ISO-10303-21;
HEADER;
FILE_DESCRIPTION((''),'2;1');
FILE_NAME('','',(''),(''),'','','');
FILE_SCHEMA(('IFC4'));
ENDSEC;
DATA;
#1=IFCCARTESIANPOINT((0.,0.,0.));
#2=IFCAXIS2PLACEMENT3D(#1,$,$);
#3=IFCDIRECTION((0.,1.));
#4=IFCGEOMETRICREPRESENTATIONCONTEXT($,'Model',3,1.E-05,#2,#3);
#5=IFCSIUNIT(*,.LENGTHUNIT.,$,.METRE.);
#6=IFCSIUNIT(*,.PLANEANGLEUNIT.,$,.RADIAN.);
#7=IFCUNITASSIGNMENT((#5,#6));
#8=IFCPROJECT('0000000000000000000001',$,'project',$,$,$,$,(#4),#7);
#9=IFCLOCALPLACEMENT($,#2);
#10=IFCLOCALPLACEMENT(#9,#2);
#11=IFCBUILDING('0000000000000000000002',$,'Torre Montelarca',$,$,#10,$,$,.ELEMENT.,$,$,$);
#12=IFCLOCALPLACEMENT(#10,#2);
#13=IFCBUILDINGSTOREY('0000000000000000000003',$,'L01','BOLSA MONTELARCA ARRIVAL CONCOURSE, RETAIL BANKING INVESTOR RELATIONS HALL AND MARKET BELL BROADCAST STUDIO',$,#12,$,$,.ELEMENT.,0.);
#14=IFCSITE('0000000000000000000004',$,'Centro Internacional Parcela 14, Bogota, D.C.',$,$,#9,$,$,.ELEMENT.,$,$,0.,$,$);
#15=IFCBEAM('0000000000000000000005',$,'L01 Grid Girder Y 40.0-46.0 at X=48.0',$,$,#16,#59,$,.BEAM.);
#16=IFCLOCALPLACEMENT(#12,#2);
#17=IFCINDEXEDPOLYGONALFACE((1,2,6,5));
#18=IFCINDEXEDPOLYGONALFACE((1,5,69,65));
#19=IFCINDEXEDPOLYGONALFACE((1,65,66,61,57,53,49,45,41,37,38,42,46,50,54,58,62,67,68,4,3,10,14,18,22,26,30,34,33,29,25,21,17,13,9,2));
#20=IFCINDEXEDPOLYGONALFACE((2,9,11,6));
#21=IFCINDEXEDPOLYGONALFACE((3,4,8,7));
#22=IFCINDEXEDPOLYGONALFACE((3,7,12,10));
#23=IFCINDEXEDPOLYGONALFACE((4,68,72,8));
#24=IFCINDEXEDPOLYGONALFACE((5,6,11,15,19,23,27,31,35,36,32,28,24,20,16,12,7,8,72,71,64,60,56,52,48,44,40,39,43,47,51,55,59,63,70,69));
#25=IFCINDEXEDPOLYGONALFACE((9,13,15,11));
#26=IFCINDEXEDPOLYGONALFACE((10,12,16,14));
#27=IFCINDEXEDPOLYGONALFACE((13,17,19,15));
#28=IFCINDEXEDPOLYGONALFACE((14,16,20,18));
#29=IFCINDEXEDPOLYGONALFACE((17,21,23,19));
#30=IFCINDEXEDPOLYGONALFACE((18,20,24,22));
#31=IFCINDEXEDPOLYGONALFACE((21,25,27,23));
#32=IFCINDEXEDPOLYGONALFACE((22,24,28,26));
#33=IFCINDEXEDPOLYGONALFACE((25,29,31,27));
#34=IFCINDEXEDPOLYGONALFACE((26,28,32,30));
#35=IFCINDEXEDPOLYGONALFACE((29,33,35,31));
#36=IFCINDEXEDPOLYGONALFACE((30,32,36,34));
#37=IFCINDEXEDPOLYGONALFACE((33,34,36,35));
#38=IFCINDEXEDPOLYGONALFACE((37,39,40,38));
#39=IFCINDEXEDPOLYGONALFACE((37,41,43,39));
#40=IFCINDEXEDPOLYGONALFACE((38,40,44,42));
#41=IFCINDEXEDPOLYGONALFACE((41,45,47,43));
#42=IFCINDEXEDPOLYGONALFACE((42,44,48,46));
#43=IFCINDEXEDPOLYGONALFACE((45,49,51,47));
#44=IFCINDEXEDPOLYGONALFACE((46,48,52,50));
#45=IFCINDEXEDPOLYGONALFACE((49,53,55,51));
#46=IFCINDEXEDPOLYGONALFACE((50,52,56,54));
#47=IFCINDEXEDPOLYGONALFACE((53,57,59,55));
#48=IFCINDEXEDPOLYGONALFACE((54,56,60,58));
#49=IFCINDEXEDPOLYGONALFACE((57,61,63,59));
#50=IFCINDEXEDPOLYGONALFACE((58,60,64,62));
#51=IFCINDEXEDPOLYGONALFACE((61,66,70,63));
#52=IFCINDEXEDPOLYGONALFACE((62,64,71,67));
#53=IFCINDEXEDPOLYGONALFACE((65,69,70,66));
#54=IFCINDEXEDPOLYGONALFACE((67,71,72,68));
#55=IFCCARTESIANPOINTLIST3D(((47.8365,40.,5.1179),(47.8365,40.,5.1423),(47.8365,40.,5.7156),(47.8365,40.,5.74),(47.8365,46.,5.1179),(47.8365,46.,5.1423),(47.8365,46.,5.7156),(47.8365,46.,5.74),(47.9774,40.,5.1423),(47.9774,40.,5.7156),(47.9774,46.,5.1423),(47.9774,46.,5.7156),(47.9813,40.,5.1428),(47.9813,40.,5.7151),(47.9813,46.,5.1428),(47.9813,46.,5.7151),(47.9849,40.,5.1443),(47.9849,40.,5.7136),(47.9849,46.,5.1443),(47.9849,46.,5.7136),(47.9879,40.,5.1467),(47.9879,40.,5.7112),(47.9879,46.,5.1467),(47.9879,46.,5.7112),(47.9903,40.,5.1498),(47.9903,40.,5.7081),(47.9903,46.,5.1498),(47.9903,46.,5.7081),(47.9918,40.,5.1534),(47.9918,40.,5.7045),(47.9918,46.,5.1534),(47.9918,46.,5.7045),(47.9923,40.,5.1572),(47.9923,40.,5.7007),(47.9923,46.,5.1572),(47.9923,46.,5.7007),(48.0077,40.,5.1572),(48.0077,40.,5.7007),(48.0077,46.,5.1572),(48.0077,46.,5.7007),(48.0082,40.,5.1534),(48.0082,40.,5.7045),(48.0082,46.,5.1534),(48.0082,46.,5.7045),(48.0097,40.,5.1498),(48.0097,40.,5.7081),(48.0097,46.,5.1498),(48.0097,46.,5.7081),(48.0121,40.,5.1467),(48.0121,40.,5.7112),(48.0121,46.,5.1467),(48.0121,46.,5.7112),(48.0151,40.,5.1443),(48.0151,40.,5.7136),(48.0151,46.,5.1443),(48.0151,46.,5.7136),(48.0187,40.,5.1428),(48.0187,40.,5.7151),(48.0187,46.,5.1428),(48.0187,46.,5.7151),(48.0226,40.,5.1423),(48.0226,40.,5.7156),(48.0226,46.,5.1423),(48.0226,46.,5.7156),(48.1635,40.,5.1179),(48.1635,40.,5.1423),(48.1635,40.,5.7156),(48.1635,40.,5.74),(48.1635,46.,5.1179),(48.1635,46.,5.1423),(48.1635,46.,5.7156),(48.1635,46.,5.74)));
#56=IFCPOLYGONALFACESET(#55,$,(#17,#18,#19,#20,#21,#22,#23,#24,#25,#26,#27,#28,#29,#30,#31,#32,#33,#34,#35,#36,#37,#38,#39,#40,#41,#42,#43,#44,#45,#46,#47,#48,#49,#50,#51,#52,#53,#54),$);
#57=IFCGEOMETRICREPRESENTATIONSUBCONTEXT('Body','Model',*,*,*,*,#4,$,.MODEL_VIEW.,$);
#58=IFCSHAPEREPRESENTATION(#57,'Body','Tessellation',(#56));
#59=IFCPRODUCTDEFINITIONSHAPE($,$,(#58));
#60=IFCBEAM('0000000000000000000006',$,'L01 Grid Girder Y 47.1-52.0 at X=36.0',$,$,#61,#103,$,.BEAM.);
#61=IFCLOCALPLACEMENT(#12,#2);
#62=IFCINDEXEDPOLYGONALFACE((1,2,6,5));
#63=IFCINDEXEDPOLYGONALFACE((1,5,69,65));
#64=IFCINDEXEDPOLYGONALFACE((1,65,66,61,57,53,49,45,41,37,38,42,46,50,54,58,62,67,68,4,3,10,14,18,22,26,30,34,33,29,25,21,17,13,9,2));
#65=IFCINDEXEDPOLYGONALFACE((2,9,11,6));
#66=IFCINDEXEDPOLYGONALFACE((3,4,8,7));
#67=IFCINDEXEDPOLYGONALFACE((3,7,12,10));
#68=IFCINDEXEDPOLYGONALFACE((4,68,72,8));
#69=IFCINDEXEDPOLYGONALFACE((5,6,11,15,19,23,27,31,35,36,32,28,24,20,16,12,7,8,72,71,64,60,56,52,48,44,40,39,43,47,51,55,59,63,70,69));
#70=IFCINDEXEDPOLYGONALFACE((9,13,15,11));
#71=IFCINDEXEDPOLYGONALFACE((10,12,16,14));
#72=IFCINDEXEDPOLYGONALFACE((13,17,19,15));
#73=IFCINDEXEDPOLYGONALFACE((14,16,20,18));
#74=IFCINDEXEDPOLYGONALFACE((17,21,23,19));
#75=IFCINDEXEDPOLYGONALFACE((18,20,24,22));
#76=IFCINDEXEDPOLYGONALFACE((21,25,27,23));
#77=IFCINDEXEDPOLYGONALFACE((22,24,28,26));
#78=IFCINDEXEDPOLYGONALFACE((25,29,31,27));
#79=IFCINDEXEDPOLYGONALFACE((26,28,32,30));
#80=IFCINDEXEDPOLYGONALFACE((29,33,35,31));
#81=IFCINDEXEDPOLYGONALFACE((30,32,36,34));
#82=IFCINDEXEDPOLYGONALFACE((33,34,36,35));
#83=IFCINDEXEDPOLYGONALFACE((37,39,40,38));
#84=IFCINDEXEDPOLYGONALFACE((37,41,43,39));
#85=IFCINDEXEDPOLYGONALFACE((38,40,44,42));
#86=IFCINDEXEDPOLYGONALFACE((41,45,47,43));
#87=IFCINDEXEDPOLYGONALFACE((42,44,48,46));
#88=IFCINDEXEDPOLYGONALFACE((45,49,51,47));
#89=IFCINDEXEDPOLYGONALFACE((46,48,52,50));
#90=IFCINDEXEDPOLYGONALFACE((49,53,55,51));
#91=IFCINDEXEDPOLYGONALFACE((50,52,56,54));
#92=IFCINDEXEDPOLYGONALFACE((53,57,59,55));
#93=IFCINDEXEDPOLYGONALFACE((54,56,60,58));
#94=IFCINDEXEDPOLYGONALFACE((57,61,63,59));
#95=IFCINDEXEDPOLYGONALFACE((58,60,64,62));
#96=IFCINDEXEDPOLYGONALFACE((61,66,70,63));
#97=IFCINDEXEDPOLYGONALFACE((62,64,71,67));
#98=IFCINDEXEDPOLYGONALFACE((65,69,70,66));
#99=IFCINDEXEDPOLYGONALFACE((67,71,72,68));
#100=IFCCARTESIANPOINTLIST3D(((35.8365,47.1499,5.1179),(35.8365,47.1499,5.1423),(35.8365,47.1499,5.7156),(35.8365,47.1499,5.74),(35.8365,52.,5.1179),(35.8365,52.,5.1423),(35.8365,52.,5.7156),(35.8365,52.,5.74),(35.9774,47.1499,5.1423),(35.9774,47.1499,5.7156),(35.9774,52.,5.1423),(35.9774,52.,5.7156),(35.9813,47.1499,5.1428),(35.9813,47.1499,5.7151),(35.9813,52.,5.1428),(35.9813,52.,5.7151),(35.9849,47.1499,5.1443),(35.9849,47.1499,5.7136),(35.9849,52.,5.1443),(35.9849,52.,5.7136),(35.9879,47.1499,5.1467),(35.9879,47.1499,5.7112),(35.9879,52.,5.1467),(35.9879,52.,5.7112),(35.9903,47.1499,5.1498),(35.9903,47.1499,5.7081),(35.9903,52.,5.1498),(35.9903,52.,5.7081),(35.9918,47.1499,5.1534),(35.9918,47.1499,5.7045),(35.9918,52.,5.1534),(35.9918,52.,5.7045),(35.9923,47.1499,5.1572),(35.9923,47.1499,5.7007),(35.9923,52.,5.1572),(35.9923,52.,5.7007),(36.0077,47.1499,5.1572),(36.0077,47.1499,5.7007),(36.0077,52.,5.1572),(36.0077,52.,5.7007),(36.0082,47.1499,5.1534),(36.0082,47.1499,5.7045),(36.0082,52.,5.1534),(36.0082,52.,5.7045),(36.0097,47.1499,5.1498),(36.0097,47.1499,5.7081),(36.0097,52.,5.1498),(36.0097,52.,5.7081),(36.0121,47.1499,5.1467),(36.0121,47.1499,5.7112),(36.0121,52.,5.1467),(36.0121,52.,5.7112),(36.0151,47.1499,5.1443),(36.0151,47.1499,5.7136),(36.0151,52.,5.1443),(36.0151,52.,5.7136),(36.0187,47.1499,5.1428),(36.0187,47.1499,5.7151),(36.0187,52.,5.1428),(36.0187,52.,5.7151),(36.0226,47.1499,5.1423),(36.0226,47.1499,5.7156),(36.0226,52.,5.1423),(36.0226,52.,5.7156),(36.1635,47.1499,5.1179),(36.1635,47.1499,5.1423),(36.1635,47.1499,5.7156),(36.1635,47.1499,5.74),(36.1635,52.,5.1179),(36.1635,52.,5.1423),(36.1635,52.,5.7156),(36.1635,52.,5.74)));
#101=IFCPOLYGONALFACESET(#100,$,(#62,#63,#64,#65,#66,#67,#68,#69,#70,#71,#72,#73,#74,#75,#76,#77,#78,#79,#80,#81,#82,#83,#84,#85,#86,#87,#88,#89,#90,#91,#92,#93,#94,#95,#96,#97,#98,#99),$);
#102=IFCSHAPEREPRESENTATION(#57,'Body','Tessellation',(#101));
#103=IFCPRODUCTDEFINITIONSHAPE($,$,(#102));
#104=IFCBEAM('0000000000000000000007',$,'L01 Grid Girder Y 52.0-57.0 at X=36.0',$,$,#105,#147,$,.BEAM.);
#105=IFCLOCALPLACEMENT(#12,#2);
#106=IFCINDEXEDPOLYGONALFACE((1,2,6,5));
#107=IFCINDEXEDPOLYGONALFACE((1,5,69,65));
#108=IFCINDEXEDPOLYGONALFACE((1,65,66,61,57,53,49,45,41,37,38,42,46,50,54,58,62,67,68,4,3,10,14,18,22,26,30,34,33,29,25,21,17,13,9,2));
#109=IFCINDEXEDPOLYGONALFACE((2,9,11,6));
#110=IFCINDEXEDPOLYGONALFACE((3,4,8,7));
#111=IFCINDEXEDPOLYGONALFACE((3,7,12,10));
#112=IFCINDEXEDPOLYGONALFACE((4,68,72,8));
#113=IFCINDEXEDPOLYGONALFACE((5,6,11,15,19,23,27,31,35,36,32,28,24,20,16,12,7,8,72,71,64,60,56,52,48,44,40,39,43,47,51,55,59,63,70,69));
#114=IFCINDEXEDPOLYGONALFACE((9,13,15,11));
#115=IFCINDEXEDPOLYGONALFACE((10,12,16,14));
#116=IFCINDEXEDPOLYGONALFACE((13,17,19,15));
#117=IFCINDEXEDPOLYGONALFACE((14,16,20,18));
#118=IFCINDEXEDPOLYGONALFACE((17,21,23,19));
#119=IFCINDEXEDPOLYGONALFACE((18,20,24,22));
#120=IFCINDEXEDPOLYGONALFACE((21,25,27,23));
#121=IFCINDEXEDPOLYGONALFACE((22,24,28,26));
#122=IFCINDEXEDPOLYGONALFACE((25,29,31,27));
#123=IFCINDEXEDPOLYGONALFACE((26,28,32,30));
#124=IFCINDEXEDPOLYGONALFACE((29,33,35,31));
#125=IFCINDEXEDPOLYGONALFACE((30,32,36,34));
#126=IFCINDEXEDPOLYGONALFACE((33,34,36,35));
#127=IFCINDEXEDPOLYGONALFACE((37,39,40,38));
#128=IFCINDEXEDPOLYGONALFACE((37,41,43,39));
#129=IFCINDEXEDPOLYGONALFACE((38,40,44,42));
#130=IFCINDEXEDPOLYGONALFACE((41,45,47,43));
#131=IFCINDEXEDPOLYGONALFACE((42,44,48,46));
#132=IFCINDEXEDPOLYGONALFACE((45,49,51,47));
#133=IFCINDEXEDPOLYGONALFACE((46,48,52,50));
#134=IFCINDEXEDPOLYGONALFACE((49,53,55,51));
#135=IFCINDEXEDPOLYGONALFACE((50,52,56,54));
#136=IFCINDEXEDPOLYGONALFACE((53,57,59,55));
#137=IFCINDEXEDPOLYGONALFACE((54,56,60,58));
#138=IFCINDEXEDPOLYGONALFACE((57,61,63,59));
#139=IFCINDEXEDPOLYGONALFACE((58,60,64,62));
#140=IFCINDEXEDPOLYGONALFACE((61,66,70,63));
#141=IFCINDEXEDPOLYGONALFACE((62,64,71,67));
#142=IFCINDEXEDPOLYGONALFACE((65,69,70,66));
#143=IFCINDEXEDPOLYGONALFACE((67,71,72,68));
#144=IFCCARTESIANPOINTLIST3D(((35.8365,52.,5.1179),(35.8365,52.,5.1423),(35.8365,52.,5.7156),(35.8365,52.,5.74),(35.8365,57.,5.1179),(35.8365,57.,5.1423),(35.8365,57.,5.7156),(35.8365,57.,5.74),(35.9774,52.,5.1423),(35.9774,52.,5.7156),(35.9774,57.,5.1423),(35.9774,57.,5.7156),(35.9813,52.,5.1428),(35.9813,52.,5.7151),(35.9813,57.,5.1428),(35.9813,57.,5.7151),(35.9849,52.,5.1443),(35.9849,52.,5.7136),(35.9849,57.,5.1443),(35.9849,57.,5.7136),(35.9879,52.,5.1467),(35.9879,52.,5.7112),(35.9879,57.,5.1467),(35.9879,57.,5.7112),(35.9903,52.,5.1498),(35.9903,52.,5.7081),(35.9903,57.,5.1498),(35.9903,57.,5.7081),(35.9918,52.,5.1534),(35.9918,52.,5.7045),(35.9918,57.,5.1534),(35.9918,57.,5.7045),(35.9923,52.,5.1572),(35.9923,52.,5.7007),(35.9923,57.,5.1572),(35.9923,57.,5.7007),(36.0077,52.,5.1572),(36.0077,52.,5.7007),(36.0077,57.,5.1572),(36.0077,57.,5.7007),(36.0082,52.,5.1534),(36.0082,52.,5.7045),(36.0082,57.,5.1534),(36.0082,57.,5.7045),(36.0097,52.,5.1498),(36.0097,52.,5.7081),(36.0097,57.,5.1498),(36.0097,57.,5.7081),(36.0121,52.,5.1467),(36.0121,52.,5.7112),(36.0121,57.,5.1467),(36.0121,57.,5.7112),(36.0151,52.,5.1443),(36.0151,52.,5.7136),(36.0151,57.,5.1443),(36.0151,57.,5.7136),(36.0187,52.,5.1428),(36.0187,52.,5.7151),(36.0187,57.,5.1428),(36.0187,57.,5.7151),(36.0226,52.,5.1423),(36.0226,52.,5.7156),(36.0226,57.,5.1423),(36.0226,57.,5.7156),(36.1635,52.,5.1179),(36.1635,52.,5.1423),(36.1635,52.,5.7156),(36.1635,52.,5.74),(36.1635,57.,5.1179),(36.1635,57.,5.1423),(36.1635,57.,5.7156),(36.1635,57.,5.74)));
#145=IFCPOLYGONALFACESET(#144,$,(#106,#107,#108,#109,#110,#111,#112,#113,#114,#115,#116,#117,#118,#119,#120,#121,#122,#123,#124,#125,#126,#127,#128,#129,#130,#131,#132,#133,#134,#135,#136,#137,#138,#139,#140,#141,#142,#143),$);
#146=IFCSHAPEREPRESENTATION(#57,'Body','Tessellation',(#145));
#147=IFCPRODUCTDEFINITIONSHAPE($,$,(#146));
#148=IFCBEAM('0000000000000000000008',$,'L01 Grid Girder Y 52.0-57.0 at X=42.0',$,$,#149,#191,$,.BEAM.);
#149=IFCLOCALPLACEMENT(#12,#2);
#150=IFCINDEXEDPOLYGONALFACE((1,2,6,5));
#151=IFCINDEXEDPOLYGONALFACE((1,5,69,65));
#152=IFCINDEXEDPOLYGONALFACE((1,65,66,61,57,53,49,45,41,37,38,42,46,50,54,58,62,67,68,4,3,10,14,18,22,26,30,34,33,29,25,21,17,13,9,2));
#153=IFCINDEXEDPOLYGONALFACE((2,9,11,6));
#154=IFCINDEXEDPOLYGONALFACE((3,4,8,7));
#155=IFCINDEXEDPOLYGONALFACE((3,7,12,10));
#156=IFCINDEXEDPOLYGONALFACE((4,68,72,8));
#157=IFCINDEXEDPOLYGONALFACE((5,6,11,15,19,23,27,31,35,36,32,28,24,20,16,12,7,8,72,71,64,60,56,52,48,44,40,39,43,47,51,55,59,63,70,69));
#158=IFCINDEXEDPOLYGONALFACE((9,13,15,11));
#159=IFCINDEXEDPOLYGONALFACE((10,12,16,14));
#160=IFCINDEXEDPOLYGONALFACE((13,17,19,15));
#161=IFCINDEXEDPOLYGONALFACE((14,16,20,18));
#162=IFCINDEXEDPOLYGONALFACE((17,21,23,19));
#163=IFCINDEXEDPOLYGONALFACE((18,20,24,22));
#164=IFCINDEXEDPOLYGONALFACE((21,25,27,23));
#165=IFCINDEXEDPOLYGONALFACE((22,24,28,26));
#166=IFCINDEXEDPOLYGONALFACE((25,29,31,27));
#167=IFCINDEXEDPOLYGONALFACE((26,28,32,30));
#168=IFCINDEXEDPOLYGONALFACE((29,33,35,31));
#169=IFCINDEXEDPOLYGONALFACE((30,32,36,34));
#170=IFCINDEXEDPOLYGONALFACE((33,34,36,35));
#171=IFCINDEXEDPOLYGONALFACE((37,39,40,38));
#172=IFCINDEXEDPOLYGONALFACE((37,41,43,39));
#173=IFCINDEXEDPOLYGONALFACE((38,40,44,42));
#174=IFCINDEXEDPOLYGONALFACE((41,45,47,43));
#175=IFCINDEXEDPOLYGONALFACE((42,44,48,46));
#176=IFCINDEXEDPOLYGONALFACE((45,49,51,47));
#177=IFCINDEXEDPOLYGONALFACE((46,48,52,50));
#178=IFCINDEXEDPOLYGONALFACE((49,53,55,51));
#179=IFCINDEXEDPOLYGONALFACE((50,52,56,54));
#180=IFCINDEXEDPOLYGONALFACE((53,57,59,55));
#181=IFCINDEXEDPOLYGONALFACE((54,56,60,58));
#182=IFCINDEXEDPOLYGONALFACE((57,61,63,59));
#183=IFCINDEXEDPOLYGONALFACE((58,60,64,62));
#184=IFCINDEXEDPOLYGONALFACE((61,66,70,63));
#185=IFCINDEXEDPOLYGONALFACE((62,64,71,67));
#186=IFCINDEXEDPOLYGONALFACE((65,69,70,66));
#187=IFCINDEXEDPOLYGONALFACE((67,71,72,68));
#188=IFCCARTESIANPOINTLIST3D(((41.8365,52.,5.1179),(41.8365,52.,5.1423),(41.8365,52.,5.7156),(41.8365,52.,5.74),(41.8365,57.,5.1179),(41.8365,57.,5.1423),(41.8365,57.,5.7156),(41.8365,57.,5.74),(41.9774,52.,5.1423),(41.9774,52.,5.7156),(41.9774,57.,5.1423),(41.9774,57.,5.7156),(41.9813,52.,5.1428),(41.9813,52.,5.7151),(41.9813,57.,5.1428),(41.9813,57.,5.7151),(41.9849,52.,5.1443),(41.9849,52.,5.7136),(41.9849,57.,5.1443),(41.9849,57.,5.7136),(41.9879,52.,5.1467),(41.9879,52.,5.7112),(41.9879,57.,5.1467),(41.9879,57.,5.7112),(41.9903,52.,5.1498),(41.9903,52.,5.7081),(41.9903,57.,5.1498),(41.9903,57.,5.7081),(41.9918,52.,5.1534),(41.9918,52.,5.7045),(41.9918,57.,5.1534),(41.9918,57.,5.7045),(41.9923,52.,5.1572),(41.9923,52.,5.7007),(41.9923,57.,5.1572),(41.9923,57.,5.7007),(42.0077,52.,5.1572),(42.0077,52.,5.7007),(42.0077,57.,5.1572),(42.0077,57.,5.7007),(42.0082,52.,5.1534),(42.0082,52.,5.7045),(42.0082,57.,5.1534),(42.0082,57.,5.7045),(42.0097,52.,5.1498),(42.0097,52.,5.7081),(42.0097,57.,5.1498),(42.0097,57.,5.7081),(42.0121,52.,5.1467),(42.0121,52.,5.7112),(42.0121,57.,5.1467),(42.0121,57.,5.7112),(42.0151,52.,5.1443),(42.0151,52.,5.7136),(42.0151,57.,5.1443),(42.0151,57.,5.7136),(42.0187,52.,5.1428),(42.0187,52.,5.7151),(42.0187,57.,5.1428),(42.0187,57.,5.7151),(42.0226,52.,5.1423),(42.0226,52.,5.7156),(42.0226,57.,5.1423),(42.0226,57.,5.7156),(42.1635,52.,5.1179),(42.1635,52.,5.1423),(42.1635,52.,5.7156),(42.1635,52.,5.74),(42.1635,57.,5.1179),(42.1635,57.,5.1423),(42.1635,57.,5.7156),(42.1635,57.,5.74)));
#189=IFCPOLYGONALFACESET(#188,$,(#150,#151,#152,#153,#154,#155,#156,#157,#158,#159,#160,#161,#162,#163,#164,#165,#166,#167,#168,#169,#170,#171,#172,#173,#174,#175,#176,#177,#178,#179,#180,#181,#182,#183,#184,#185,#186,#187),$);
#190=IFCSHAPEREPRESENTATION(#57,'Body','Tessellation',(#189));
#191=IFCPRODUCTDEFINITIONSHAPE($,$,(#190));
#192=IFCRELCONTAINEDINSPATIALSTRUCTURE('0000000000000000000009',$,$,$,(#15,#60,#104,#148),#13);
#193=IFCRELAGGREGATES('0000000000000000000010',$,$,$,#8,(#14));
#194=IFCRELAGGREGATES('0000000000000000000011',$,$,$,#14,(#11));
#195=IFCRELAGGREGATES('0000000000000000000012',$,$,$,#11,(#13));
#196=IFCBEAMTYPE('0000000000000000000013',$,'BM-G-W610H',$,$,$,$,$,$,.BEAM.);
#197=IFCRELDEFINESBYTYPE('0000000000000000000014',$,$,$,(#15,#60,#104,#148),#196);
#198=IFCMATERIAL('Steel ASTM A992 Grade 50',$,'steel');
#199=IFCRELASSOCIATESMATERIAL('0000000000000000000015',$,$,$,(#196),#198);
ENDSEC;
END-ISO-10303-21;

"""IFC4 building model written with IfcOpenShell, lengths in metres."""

from ifc_helpers import new_model, si_unit, direction, frame, origin, origin_2d, place, context, subcontext, project, spatial, i_section, extrude, source, transform, mapped, material, material_profile, profile_set, type_object, element, save


model = new_model("IFC4")

# Units and contexts
model_context = context("Model", 3, precision=1e-05, world=origin(), true_north=direction((0.0, 1.0)))
body_context = subcontext(model_context, "Body", "Model", "MODEL_VIEW")
ifc_project = project(units=[si_unit("LENGTHUNIT", "METRE"), si_unit("PLANEANGLEUNIT", "RADIAN")], contexts=[model_context])

# Site, building, storey
site_placement = place(None, origin())
site = spatial("IfcSite", under=ifc_project, at=site_placement, Name="Centro Internacional Parcela 14, Bogota, D.C.", CompositionType="ELEMENT", RefElevation=0.0)
building_placement = place(site_placement, origin())
building = spatial("IfcBuilding", under=site, at=building_placement, Name="Torre Montelarca", CompositionType="ELEMENT")
storey_placement = place(building_placement, origin())
storey = spatial("IfcBuildingStorey", under=building, at=storey_placement, Name="L01", Description="BOLSA MONTELARCA ARRIVAL CONCOURSE, RETAIL BANKING INVESTOR RELATIONS HALL AND MARKET BELL BROADCAST STUDIO", CompositionType="ELEMENT", Elevation=0.0)

# Beams
ifc_material_1 = material(Name="Steel ASTM A992 Grade 50", Category="steel")
ifc_material_profile_1 = material_profile(ifc_material_1, i_section(OverallWidth=0.3269, OverallDepth=0.6221, WebThickness=0.0154, FlangeThickness=0.0244, FilletRadius=0.0149, at=origin_2d()), Name="W610X195", Category="steel")
ifc_profile_set_1 = profile_set([ifc_material_profile_1], Name="Steel ASTM A992 Grade 50")
beam_type_1 = type_object("IfcBeamType", Name="BM-G-W610H", PredefinedType="BEAM", material=ifc_profile_set_1)
shared_shape_1 = source(origin(), body_context, "Body", "SweptSolid", [
    extrude(i_section(OverallWidth=0.3269, OverallDepth=0.6221, WebThickness=0.0154, FlangeThickness=0.0244, FilletRadius=0.0149, at=origin_2d()), origin(), (0.0, 0.0, 1.0), 6.0),
])
for number, where, z_axis, x_axis, name in (
    (1, (48.0, 40.0, 5.429), (0.0, 1.0, 0.0), (-1.0, 0.0, 0.0), "L01 Grid Girder Y 40.0-46.0 at X=48.0"),
):
    element("IfcBeam", number, at=place(storey_placement, frame(where, z_axis=z_axis, x_axis=x_axis)), inside=storey, type_object=beam_type_1, Name=name, PredefinedType="BEAM", context=body_context, shape_type="MappedRepresentation", body=[
        mapped(shared_shape_1, transform((0.0, 0.0, 0.0), scale=1.0)),
    ])
shared_shape_2 = source(origin(), body_context, "Body", "SweptSolid", [
    extrude(i_section(OverallWidth=0.3269, OverallDepth=0.6221, WebThickness=0.0154, FlangeThickness=0.0244, FilletRadius=0.0149, at=origin_2d()), origin(), (0.0, 0.0, 1.0), 4.8501),
])
beam_placement = place(storey_placement, frame((36.0, 47.1499, 5.429), z_axis=(0.0, 1.0, 0.0), x_axis=(-1.0, 0.0, 0.0)))
element("IfcBeam", 2, at=beam_placement, inside=storey, type_object=beam_type_1, Name="L01 Grid Girder Y 47.1-52.0 at X=36.0", PredefinedType="BEAM", context=body_context, shape_type="MappedRepresentation", body=[
    mapped(shared_shape_2, transform((0.0, 0.0, 0.0), scale=1.0)),
])
shared_shape_3 = source(origin(), body_context, "Body", "SweptSolid", [
    extrude(i_section(OverallWidth=0.3269, OverallDepth=0.6221, WebThickness=0.0154, FlangeThickness=0.0244, FilletRadius=0.0149, at=origin_2d()), origin(), (0.0, 0.0, 1.0), 5.0),
])
for number, where, z_axis, x_axis, name in (
    (3, (36.0, 52.0, 5.429), (0.0, 1.0, 0.0), (-1.0, 0.0, 0.0), "L01 Grid Girder Y 52.0-57.0 at X=36.0"),
    (4, (42.0, 52.0, 5.429), (0.0, 1.0, 0.0), (-1.0, 0.0, 0.0), "L01 Grid Girder Y 52.0-57.0 at X=42.0"),
):
    element("IfcBeam", number, at=place(storey_placement, frame(where, z_axis=z_axis, x_axis=x_axis)), inside=storey, type_object=beam_type_1, Name=name, PredefinedType="BEAM", context=body_context, shape_type="MappedRepresentation", body=[
        mapped(shared_shape_3, transform((0.0, 0.0, 0.0), scale=1.0)),
    ])

save(model, "model.ifc")
